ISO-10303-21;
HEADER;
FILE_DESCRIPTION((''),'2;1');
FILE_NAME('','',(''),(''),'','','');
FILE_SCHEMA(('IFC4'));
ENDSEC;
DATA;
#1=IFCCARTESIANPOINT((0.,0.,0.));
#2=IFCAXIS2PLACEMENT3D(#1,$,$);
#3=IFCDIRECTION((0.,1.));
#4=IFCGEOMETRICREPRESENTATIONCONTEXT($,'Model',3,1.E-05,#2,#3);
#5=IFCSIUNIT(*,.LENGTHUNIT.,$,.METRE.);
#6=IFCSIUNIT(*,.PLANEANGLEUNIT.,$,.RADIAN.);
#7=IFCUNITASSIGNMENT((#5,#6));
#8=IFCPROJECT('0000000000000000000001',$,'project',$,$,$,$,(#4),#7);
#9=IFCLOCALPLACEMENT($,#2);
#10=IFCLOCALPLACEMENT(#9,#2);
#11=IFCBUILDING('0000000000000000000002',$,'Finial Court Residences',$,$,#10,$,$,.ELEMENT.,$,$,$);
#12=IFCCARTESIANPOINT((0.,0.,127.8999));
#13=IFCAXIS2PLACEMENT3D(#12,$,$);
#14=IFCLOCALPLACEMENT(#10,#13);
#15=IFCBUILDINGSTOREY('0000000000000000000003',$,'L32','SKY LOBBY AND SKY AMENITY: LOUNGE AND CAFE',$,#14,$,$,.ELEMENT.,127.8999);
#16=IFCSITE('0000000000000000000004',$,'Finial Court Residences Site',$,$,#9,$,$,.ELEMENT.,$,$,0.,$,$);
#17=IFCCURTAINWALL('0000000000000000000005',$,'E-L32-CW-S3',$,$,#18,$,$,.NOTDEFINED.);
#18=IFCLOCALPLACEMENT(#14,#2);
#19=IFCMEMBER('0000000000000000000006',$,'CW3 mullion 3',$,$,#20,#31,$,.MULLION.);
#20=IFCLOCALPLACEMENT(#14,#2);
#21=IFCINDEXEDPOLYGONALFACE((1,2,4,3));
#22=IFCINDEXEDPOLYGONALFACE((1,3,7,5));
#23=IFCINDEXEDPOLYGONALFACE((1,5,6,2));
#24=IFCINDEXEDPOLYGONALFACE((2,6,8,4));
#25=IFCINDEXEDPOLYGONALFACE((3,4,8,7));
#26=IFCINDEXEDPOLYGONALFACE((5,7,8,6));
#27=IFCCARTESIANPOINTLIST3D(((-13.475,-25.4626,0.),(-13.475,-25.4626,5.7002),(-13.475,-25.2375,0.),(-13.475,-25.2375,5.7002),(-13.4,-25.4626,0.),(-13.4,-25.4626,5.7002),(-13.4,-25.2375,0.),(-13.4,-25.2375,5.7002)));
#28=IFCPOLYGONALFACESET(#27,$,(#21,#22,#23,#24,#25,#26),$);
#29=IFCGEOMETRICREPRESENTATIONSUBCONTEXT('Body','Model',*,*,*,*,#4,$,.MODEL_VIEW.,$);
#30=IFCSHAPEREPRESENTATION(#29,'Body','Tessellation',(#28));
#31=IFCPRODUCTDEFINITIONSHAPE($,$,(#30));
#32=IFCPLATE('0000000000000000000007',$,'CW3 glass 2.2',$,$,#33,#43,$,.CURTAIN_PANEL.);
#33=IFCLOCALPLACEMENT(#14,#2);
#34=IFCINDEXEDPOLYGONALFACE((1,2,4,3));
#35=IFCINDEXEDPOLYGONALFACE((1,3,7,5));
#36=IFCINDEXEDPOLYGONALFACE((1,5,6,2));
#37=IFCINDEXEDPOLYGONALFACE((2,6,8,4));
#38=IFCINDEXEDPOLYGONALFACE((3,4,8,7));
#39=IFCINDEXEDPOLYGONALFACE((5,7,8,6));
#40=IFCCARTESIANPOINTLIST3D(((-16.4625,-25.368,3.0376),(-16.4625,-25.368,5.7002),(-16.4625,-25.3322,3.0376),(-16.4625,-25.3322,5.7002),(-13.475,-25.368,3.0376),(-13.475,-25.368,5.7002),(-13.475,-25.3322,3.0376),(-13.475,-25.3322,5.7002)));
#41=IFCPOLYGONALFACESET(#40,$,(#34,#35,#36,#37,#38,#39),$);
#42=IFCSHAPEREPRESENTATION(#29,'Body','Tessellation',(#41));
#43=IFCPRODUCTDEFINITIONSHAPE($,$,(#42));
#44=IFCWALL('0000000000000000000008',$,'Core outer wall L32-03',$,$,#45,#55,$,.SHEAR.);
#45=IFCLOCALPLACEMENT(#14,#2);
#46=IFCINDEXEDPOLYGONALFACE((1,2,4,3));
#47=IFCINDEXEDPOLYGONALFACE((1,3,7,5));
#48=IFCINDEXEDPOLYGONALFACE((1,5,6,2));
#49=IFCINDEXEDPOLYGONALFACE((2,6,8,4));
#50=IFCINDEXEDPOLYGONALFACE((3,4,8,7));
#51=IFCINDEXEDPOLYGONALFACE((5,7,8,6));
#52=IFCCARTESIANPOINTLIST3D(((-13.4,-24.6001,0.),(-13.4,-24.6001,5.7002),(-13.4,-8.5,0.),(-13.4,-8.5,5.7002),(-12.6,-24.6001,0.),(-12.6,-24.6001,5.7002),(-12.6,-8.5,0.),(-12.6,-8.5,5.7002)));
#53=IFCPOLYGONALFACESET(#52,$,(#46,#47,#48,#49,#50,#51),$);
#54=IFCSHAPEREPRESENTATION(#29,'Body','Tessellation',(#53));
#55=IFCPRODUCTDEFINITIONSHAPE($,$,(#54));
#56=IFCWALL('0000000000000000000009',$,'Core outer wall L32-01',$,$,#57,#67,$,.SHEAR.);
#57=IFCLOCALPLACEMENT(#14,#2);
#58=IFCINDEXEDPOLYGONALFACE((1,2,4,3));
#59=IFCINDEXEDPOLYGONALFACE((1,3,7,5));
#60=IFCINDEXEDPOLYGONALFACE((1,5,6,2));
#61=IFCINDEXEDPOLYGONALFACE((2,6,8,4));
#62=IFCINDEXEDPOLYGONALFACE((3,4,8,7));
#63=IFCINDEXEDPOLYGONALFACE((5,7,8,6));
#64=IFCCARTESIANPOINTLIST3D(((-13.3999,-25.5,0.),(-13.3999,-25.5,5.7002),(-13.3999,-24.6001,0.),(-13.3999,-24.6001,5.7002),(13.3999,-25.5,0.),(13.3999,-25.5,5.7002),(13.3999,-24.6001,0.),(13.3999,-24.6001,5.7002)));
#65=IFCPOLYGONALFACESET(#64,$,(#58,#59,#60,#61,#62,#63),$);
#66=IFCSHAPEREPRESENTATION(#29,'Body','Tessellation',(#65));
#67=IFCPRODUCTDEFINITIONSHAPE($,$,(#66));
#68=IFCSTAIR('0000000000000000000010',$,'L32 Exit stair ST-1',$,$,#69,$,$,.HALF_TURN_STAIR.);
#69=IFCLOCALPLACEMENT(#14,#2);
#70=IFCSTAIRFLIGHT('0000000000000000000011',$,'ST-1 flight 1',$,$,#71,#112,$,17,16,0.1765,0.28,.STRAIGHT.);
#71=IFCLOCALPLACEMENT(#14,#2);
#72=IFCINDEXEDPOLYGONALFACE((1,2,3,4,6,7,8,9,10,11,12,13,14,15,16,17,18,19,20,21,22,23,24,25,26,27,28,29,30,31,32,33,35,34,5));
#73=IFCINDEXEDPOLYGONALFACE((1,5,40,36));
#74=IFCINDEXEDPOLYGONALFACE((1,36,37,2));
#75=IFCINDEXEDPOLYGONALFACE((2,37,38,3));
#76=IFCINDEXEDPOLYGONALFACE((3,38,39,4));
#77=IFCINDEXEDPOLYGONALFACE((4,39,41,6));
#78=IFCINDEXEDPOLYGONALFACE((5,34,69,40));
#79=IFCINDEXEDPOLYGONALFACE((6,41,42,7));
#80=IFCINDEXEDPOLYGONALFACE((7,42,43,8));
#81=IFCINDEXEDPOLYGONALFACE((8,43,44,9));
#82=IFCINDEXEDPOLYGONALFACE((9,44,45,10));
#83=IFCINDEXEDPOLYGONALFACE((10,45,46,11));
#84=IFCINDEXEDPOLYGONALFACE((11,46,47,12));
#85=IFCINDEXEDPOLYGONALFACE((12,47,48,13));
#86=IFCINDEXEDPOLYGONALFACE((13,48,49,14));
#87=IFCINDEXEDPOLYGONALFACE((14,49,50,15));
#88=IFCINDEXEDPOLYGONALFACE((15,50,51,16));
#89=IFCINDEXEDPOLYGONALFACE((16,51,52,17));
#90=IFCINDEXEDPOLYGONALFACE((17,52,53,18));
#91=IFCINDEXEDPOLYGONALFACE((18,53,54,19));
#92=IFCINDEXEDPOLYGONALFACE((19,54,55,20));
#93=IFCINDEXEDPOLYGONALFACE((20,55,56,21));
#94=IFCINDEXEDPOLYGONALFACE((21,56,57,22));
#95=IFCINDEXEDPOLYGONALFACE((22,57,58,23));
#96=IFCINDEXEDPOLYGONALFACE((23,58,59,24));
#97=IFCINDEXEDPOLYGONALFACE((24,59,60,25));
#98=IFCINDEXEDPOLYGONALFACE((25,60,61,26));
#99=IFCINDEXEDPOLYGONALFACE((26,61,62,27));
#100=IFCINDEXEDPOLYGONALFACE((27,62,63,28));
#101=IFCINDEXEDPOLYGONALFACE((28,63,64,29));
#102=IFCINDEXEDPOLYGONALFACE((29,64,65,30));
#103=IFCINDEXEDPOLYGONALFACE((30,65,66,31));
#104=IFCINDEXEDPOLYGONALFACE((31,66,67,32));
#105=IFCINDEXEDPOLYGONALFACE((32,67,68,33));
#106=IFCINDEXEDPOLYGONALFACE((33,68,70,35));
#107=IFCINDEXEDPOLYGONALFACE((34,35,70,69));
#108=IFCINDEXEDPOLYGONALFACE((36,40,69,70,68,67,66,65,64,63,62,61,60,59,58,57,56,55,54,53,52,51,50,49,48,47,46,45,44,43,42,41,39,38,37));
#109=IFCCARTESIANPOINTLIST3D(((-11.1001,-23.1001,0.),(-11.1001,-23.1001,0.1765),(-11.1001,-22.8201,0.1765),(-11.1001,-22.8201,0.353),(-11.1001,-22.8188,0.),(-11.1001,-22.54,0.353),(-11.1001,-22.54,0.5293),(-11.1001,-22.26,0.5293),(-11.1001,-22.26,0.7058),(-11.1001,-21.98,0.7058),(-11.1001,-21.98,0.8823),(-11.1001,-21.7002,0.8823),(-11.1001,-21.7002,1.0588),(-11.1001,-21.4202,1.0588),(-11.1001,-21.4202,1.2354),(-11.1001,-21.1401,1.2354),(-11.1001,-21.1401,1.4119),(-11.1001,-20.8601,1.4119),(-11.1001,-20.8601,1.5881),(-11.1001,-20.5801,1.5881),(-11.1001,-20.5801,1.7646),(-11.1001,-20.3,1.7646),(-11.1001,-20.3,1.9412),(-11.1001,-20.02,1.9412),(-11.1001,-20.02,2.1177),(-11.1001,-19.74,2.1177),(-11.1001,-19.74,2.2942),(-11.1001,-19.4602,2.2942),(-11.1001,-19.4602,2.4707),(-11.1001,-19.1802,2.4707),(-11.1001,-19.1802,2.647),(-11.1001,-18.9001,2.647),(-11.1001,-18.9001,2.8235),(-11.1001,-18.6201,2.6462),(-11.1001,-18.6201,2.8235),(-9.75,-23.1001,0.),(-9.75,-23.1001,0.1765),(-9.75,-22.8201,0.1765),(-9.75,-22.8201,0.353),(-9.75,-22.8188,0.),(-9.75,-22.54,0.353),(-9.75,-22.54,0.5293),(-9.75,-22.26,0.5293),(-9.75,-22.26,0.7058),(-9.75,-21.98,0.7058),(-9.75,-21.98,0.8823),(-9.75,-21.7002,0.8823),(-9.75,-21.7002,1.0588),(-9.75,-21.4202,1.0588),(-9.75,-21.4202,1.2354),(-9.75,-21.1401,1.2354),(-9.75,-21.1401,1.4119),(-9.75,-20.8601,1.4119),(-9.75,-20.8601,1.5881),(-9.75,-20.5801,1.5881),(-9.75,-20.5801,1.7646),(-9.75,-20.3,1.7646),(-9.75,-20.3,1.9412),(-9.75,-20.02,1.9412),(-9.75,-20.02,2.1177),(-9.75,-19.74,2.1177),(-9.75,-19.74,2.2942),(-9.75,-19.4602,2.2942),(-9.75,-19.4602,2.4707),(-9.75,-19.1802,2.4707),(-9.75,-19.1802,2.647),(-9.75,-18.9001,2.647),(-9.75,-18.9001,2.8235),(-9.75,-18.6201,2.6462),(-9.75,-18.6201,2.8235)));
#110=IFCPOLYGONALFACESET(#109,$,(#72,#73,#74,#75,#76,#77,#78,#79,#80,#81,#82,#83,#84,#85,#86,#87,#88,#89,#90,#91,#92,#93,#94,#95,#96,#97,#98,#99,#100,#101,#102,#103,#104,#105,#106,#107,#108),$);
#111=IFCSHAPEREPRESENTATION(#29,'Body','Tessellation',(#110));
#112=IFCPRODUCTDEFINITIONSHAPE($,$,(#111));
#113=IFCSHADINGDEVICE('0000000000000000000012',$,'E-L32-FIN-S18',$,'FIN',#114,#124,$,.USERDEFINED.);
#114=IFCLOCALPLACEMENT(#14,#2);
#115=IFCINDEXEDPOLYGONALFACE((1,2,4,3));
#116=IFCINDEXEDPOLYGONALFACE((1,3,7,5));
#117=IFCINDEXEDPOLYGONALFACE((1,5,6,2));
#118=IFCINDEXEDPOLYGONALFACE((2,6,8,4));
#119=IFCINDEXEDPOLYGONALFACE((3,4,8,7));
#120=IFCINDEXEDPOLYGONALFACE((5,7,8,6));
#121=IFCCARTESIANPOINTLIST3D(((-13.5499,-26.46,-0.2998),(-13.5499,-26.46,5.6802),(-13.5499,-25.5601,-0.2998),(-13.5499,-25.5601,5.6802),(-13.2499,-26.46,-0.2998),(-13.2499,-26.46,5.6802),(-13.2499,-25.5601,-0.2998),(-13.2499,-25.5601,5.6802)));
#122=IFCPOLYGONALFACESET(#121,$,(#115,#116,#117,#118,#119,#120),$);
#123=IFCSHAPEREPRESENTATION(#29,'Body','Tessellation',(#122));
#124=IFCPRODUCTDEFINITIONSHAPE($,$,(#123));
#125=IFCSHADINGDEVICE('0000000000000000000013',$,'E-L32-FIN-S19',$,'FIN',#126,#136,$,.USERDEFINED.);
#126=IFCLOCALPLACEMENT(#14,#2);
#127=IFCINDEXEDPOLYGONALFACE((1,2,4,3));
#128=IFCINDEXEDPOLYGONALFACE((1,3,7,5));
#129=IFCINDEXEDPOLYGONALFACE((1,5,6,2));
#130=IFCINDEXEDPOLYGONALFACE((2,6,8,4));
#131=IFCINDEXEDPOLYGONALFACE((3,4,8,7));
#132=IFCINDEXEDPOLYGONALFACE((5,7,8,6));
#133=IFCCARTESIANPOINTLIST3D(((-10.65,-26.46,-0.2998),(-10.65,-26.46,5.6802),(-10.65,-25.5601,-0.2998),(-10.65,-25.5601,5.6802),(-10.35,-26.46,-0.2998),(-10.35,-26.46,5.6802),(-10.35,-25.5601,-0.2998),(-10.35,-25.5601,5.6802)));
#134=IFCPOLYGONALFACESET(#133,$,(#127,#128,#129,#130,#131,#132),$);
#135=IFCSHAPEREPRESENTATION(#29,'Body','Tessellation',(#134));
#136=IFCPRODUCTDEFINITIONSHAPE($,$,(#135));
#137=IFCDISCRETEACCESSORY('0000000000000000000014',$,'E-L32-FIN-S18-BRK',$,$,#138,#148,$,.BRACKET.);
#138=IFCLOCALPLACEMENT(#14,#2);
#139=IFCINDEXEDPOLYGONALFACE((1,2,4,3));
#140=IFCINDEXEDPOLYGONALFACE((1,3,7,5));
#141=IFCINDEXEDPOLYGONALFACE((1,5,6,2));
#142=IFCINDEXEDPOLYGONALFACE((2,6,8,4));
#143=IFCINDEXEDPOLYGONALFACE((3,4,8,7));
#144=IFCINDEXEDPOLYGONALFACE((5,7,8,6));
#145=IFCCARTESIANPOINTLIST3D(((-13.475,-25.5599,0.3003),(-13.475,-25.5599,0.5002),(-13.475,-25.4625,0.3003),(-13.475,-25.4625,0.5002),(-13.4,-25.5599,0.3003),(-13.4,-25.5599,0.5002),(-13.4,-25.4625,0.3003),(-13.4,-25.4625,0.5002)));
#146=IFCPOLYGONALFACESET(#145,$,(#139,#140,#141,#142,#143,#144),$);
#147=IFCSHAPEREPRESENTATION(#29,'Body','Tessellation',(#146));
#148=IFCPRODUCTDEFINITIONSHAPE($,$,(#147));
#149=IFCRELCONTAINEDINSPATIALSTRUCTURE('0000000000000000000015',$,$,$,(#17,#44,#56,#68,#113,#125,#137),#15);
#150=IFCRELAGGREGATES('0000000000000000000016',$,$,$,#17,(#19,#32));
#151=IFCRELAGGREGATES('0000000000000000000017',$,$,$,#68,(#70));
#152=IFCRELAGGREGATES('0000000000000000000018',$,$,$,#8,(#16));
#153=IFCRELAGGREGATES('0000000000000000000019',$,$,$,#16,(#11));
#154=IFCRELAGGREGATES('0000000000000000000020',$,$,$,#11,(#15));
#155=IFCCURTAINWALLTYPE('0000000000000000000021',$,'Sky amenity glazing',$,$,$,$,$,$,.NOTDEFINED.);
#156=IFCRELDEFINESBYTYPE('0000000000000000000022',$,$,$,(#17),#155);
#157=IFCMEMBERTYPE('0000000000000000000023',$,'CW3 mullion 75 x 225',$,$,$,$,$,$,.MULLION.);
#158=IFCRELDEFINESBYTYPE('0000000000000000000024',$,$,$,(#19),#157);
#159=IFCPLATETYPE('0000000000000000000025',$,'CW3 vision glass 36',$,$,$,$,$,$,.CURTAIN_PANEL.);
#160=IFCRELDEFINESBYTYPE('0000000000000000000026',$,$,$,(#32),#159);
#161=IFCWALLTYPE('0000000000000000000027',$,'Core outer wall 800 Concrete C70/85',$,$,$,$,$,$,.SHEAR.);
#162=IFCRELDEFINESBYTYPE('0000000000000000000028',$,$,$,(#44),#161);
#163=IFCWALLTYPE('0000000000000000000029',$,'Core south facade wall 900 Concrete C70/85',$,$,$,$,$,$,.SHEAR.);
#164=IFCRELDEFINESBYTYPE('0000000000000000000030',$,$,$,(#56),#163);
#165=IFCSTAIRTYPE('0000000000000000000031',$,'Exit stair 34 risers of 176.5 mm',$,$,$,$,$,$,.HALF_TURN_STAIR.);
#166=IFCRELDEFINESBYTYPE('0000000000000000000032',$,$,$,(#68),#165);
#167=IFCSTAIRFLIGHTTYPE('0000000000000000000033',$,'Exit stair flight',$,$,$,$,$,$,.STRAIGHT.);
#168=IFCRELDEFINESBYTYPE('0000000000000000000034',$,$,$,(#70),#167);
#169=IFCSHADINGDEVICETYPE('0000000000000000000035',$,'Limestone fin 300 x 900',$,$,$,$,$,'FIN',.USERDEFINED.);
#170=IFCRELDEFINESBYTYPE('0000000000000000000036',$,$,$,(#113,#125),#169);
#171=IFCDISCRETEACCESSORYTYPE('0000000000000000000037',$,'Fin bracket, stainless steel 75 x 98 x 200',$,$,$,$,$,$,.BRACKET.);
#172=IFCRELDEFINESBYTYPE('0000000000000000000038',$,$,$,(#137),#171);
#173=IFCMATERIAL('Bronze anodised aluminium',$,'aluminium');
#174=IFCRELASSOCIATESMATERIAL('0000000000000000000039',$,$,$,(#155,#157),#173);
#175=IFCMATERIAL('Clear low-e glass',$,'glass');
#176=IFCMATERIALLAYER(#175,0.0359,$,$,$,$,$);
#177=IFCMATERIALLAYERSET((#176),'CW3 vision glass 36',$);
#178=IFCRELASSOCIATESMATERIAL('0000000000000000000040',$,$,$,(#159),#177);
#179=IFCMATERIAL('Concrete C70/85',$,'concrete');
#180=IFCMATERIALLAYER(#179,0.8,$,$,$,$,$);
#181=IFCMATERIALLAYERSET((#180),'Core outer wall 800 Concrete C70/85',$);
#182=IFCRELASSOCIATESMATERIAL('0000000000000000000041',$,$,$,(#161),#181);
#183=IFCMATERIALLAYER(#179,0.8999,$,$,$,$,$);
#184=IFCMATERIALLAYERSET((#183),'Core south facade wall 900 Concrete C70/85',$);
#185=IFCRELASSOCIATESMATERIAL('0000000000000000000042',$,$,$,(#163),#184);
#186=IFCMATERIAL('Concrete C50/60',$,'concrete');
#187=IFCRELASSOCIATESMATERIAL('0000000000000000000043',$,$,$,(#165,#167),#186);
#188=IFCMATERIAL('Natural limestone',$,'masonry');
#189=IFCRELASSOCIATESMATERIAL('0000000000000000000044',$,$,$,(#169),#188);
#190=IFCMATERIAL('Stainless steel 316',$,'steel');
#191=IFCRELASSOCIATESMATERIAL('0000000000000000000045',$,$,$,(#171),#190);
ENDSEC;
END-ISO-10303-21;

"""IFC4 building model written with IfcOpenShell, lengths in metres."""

from ifc_helpers import new_model, si_unit, direction, frame, frame_2d, origin, origin_2d, place, context, subcontext, project, spatial, polyline, rectangle, outline, extrude, material, layer, layer_set, material_profile, profile_set, type_object, element, aggregate, save


model = new_model("IFC4")

# Units and contexts
model_context = context("Model", 3, precision=1e-05, world=origin(), true_north=direction((0.0, 1.0)))
body_context = subcontext(model_context, "Body", "Model", "MODEL_VIEW")
ifc_project = project(units=[si_unit("LENGTHUNIT", "METRE"), si_unit("PLANEANGLEUNIT", "RADIAN")], contexts=[model_context])

# Site, building, storey
site_placement = place(None, origin())
site = spatial("IfcSite", under=ifc_project, at=site_placement, Name="Finial Court Residences Site", CompositionType="ELEMENT", RefElevation=0.0)
building_placement = place(site_placement, origin())
building = spatial("IfcBuilding", under=site, at=building_placement, Name="Finial Court Residences", CompositionType="ELEMENT")
storey_placement = place(building_placement, frame((0.0, 0.0, 127.8999)))
storey = spatial("IfcBuildingStorey", under=building, at=storey_placement, Name="L32", Description="SKY LOBBY AND SKY AMENITY: LOUNGE AND CAFE", CompositionType="ELEMENT", Elevation=127.8999)

# Curtain wall, member, plate
ifc_material_1 = material(Name="Bronze anodised aluminium", Category="aluminium")
curtain_wall_type = type_object("IfcCurtainWallType", Name="Sky amenity glazing", PredefinedType="NOTDEFINED", material=ifc_material_1)
curtain_wall_placement = place(storey_placement, origin())
curtain_wall = element("IfcCurtainWall", 1, at=curtain_wall_placement, inside=storey, type_object=curtain_wall_type, Name="E-L32-CW-S3", PredefinedType="NOTDEFINED")
ifc_material_profile = material_profile(ifc_material_1, rectangle(XDim=0.2251, YDim=0.075, at=origin_2d()), Name="CW3 mullion 75 x 225")
ifc_profile_set = profile_set([ifc_material_profile], Name="Bronze anodised aluminium")
member_type = type_object("IfcMemberType", Name="CW3 mullion 75 x 225", PredefinedType="MULLION", material=ifc_profile_set)
member_placement = place(storey_placement, frame((-13.4375, -25.3501, 0.0), z_axis=(0.0, 0.0, 1.0), x_axis=(0.0, 1.0, 0.0)))
member = element("IfcMember", 2, at=member_placement, type_object=member_type, Name="CW3 mullion 3", PredefinedType="MULLION", context=body_context, shape_type="SweptSolid", body=[
    extrude(rectangle(XDim=0.2251, YDim=0.075, at=origin_2d()), origin(), (0.0, 0.0, 1.0), 5.7002),
])
ifc_material_2 = material(Name="Clear low-e glass", Category="glass")
ifc_layer_1 = layer(ifc_material_2, 0.0359)
ifc_layer_set_1 = layer_set([ifc_layer_1], Name="CW3 vision glass 36")
plate_type = type_object("IfcPlateType", Name="CW3 vision glass 36", PredefinedType="CURTAIN_PANEL", material=ifc_layer_set_1)
plate_placement = place(storey_placement, frame((-14.9688, -25.3501, 3.0376), z_axis=(0.0, 0.0, 1.0), x_axis=(1.0, 0.0, 0.0)))
plate = element("IfcPlate", 3, at=plate_placement, type_object=plate_type, Name="CW3 glass 2.2", PredefinedType="CURTAIN_PANEL", context=body_context, shape_type="SweptSolid", body=[
    extrude(rectangle(XDim=2.9875, YDim=0.0359, at=origin_2d()), origin(), (0.0, 0.0, 1.0), 2.6626),
])
aggregate(curtain_wall, [member, plate])

# Walls
ifc_material_3 = material(Name="Concrete C70/85", Category="concrete")
ifc_layer_2 = layer(ifc_material_3, 0.8)
ifc_layer_set_2 = layer_set([ifc_layer_2], Name="Core outer wall 800 Concrete C70/85")
wall_type_1 = type_object("IfcWallType", Name="Core outer wall 800 Concrete C70/85", PredefinedType="SHEAR", material=ifc_layer_set_2)
wall_1_placement = place(storey_placement, frame((-13.0, -24.6001, 0.0), z_axis=(0.0, 0.0, 1.0), x_axis=(0.0, 1.0, 0.0)))
element("IfcWall", 4, at=wall_1_placement, inside=storey, type_object=wall_type_1, Name="Core outer wall L32-03", PredefinedType="SHEAR", context=body_context, shape_type="SweptSolid", body=[
    extrude(rectangle(XDim=16.1001, YDim=0.8, at=frame_2d((8.05, 0.0))), origin(), (0.0, 0.0, 1.0), 5.7002),
])
ifc_layer_3 = layer(ifc_material_3, 0.8999)
ifc_layer_set_3 = layer_set([ifc_layer_3], Name="Core south facade wall 900 Concrete C70/85")
wall_type_2 = type_object("IfcWallType", Name="Core south facade wall 900 Concrete C70/85", PredefinedType="SHEAR", material=ifc_layer_set_3)
wall_2_placement = place(storey_placement, frame((-13.3999, -25.05, 0.0), z_axis=(0.0, 0.0, 1.0), x_axis=(1.0, 0.0, 0.0)))
element("IfcWall", 5, at=wall_2_placement, inside=storey, type_object=wall_type_2, Name="Core outer wall L32-01", PredefinedType="SHEAR", context=body_context, shape_type="SweptSolid", body=[
    extrude(rectangle(XDim=26.7998, YDim=0.8999, at=frame_2d((13.3999, 0.0))), origin(), (0.0, 0.0, 1.0), 5.7002),
])

# Stair, stair flight
ifc_material_4 = material(Name="Concrete C50/60", Category="concrete")
stair_type = type_object("IfcStairType", Name="Exit stair 34 risers of 176.5 mm", PredefinedType="HALF_TURN_STAIR", material=ifc_material_4)
stair_placement = place(storey_placement, origin())
stair = element("IfcStair", 6, at=stair_placement, inside=storey, type_object=stair_type, Name="L32 Exit stair ST-1", PredefinedType="HALF_TURN_STAIR")
stair_flight_type = type_object("IfcStairFlightType", Name="Exit stair flight", PredefinedType="STRAIGHT", material=ifc_material_4)
stair_flight_placement = place(storey_placement, frame((-10.425, -23.1001, 0.0), z_axis=(0.0, 0.0, 1.0), x_axis=(0.0, 1.0, 0.0)))
stair_flight = element("IfcStairFlight", 7, at=stair_flight_placement, type_object=stair_flight_type, Name="ST-1 flight 1", NumberOfRisers=17, NumberOfTreads=16, PredefinedType="STRAIGHT", RiserHeight=0.1765, TreadLength=0.28, context=body_context, shape_type="SweptSolid", body=[
    extrude(outline(polyline([(0.0, 0.0), (0.0, 0.1765), (0.28, 0.1765), (0.28, 0.353), (0.5601, 0.353), (0.5601, 0.5293), (0.8401, 0.5293), (0.8401, 0.7058), (1.1201, 0.7058), (1.1201, 0.8823), (1.3999, 0.8823), (1.3999, 1.0588), (1.6799, 1.0588), (1.6799, 1.2354), (1.96, 1.2354), (1.96, 1.4119), (2.24, 1.4119), (2.24, 1.5881), (2.52, 1.5881), (2.52, 1.7646), (2.8, 1.7646), (2.8, 1.9412), (3.0801, 1.9412), (3.0801, 2.1177), (3.3601, 2.1177), (3.3601, 2.2942), (3.6399, 2.2942), (3.6399, 2.4707), (3.9199, 2.4707), (3.9199, 2.647), (4.2, 2.647), (4.2, 2.8235), (4.48, 2.8235), (4.48, 3.0), (4.48, 2.6462), (0.2812, 0.0), (0.0, 0.0)])), frame((0.0, 0.675, 0.0), z_axis=(0.0, -1.0, 0.0), x_axis=(1.0, 0.0, 0.0)), (0.0, 0.0, 1.0), 1.3501),
])
aggregate(stair, [stair_flight])

# Shading devices
ifc_material_5 = material(Name="Natural limestone", Category="masonry")
shading_device_type = type_object("IfcShadingDeviceType", Name="Limestone fin 300 x 900", ElementType="FIN", PredefinedType="USERDEFINED", material=ifc_material_5)
for number, where, z_axis, x_axis, name in (
    (8, (-13.3999, -26.01, -0.2998), (0.0, 0.0, 1.0), (1.0, 0.0, 0.0), "E-L32-FIN-S18"),
    (9, (-10.5, -26.01, -0.2998), (0.0, 0.0, 1.0), (1.0, 0.0, 0.0), "E-L32-FIN-S19"),
):
    element("IfcShadingDevice", number, at=place(storey_placement, frame(where, z_axis=z_axis, x_axis=x_axis)), inside=storey, type_object=shading_device_type, Name=name, ObjectType="FIN", PredefinedType="USERDEFINED", context=body_context, shape_type="SweptSolid", body=[
        extrude(rectangle(XDim=0.3, YDim=0.8999, at=origin_2d()), origin(), (0.0, 0.0, 1.0), 5.98),
    ])

# Discrete accessory
ifc_material_6 = material(Name="Stainless steel 316", Category="steel")
discrete_accessory_type = type_object("IfcDiscreteAccessoryType", Name="Fin bracket, stainless steel 75 x 98 x 200", PredefinedType="BRACKET", material=ifc_material_6)
discrete_accessory_placement = place(storey_placement, frame((-13.4375, -25.5112, 0.3003), z_axis=(0.0, 0.0, 1.0), x_axis=(1.0, 0.0, 0.0)))
element("IfcDiscreteAccessory", 10, at=discrete_accessory_placement, inside=storey, type_object=discrete_accessory_type, Name="E-L32-FIN-S18-BRK", PredefinedType="BRACKET", context=body_context, shape_type="SweptSolid", body=[
    extrude(rectangle(XDim=0.075, YDim=0.0974, at=origin_2d()), origin(), (0.0, 0.0, 1.0), 0.2),
])

save(model, "model.ifc")
